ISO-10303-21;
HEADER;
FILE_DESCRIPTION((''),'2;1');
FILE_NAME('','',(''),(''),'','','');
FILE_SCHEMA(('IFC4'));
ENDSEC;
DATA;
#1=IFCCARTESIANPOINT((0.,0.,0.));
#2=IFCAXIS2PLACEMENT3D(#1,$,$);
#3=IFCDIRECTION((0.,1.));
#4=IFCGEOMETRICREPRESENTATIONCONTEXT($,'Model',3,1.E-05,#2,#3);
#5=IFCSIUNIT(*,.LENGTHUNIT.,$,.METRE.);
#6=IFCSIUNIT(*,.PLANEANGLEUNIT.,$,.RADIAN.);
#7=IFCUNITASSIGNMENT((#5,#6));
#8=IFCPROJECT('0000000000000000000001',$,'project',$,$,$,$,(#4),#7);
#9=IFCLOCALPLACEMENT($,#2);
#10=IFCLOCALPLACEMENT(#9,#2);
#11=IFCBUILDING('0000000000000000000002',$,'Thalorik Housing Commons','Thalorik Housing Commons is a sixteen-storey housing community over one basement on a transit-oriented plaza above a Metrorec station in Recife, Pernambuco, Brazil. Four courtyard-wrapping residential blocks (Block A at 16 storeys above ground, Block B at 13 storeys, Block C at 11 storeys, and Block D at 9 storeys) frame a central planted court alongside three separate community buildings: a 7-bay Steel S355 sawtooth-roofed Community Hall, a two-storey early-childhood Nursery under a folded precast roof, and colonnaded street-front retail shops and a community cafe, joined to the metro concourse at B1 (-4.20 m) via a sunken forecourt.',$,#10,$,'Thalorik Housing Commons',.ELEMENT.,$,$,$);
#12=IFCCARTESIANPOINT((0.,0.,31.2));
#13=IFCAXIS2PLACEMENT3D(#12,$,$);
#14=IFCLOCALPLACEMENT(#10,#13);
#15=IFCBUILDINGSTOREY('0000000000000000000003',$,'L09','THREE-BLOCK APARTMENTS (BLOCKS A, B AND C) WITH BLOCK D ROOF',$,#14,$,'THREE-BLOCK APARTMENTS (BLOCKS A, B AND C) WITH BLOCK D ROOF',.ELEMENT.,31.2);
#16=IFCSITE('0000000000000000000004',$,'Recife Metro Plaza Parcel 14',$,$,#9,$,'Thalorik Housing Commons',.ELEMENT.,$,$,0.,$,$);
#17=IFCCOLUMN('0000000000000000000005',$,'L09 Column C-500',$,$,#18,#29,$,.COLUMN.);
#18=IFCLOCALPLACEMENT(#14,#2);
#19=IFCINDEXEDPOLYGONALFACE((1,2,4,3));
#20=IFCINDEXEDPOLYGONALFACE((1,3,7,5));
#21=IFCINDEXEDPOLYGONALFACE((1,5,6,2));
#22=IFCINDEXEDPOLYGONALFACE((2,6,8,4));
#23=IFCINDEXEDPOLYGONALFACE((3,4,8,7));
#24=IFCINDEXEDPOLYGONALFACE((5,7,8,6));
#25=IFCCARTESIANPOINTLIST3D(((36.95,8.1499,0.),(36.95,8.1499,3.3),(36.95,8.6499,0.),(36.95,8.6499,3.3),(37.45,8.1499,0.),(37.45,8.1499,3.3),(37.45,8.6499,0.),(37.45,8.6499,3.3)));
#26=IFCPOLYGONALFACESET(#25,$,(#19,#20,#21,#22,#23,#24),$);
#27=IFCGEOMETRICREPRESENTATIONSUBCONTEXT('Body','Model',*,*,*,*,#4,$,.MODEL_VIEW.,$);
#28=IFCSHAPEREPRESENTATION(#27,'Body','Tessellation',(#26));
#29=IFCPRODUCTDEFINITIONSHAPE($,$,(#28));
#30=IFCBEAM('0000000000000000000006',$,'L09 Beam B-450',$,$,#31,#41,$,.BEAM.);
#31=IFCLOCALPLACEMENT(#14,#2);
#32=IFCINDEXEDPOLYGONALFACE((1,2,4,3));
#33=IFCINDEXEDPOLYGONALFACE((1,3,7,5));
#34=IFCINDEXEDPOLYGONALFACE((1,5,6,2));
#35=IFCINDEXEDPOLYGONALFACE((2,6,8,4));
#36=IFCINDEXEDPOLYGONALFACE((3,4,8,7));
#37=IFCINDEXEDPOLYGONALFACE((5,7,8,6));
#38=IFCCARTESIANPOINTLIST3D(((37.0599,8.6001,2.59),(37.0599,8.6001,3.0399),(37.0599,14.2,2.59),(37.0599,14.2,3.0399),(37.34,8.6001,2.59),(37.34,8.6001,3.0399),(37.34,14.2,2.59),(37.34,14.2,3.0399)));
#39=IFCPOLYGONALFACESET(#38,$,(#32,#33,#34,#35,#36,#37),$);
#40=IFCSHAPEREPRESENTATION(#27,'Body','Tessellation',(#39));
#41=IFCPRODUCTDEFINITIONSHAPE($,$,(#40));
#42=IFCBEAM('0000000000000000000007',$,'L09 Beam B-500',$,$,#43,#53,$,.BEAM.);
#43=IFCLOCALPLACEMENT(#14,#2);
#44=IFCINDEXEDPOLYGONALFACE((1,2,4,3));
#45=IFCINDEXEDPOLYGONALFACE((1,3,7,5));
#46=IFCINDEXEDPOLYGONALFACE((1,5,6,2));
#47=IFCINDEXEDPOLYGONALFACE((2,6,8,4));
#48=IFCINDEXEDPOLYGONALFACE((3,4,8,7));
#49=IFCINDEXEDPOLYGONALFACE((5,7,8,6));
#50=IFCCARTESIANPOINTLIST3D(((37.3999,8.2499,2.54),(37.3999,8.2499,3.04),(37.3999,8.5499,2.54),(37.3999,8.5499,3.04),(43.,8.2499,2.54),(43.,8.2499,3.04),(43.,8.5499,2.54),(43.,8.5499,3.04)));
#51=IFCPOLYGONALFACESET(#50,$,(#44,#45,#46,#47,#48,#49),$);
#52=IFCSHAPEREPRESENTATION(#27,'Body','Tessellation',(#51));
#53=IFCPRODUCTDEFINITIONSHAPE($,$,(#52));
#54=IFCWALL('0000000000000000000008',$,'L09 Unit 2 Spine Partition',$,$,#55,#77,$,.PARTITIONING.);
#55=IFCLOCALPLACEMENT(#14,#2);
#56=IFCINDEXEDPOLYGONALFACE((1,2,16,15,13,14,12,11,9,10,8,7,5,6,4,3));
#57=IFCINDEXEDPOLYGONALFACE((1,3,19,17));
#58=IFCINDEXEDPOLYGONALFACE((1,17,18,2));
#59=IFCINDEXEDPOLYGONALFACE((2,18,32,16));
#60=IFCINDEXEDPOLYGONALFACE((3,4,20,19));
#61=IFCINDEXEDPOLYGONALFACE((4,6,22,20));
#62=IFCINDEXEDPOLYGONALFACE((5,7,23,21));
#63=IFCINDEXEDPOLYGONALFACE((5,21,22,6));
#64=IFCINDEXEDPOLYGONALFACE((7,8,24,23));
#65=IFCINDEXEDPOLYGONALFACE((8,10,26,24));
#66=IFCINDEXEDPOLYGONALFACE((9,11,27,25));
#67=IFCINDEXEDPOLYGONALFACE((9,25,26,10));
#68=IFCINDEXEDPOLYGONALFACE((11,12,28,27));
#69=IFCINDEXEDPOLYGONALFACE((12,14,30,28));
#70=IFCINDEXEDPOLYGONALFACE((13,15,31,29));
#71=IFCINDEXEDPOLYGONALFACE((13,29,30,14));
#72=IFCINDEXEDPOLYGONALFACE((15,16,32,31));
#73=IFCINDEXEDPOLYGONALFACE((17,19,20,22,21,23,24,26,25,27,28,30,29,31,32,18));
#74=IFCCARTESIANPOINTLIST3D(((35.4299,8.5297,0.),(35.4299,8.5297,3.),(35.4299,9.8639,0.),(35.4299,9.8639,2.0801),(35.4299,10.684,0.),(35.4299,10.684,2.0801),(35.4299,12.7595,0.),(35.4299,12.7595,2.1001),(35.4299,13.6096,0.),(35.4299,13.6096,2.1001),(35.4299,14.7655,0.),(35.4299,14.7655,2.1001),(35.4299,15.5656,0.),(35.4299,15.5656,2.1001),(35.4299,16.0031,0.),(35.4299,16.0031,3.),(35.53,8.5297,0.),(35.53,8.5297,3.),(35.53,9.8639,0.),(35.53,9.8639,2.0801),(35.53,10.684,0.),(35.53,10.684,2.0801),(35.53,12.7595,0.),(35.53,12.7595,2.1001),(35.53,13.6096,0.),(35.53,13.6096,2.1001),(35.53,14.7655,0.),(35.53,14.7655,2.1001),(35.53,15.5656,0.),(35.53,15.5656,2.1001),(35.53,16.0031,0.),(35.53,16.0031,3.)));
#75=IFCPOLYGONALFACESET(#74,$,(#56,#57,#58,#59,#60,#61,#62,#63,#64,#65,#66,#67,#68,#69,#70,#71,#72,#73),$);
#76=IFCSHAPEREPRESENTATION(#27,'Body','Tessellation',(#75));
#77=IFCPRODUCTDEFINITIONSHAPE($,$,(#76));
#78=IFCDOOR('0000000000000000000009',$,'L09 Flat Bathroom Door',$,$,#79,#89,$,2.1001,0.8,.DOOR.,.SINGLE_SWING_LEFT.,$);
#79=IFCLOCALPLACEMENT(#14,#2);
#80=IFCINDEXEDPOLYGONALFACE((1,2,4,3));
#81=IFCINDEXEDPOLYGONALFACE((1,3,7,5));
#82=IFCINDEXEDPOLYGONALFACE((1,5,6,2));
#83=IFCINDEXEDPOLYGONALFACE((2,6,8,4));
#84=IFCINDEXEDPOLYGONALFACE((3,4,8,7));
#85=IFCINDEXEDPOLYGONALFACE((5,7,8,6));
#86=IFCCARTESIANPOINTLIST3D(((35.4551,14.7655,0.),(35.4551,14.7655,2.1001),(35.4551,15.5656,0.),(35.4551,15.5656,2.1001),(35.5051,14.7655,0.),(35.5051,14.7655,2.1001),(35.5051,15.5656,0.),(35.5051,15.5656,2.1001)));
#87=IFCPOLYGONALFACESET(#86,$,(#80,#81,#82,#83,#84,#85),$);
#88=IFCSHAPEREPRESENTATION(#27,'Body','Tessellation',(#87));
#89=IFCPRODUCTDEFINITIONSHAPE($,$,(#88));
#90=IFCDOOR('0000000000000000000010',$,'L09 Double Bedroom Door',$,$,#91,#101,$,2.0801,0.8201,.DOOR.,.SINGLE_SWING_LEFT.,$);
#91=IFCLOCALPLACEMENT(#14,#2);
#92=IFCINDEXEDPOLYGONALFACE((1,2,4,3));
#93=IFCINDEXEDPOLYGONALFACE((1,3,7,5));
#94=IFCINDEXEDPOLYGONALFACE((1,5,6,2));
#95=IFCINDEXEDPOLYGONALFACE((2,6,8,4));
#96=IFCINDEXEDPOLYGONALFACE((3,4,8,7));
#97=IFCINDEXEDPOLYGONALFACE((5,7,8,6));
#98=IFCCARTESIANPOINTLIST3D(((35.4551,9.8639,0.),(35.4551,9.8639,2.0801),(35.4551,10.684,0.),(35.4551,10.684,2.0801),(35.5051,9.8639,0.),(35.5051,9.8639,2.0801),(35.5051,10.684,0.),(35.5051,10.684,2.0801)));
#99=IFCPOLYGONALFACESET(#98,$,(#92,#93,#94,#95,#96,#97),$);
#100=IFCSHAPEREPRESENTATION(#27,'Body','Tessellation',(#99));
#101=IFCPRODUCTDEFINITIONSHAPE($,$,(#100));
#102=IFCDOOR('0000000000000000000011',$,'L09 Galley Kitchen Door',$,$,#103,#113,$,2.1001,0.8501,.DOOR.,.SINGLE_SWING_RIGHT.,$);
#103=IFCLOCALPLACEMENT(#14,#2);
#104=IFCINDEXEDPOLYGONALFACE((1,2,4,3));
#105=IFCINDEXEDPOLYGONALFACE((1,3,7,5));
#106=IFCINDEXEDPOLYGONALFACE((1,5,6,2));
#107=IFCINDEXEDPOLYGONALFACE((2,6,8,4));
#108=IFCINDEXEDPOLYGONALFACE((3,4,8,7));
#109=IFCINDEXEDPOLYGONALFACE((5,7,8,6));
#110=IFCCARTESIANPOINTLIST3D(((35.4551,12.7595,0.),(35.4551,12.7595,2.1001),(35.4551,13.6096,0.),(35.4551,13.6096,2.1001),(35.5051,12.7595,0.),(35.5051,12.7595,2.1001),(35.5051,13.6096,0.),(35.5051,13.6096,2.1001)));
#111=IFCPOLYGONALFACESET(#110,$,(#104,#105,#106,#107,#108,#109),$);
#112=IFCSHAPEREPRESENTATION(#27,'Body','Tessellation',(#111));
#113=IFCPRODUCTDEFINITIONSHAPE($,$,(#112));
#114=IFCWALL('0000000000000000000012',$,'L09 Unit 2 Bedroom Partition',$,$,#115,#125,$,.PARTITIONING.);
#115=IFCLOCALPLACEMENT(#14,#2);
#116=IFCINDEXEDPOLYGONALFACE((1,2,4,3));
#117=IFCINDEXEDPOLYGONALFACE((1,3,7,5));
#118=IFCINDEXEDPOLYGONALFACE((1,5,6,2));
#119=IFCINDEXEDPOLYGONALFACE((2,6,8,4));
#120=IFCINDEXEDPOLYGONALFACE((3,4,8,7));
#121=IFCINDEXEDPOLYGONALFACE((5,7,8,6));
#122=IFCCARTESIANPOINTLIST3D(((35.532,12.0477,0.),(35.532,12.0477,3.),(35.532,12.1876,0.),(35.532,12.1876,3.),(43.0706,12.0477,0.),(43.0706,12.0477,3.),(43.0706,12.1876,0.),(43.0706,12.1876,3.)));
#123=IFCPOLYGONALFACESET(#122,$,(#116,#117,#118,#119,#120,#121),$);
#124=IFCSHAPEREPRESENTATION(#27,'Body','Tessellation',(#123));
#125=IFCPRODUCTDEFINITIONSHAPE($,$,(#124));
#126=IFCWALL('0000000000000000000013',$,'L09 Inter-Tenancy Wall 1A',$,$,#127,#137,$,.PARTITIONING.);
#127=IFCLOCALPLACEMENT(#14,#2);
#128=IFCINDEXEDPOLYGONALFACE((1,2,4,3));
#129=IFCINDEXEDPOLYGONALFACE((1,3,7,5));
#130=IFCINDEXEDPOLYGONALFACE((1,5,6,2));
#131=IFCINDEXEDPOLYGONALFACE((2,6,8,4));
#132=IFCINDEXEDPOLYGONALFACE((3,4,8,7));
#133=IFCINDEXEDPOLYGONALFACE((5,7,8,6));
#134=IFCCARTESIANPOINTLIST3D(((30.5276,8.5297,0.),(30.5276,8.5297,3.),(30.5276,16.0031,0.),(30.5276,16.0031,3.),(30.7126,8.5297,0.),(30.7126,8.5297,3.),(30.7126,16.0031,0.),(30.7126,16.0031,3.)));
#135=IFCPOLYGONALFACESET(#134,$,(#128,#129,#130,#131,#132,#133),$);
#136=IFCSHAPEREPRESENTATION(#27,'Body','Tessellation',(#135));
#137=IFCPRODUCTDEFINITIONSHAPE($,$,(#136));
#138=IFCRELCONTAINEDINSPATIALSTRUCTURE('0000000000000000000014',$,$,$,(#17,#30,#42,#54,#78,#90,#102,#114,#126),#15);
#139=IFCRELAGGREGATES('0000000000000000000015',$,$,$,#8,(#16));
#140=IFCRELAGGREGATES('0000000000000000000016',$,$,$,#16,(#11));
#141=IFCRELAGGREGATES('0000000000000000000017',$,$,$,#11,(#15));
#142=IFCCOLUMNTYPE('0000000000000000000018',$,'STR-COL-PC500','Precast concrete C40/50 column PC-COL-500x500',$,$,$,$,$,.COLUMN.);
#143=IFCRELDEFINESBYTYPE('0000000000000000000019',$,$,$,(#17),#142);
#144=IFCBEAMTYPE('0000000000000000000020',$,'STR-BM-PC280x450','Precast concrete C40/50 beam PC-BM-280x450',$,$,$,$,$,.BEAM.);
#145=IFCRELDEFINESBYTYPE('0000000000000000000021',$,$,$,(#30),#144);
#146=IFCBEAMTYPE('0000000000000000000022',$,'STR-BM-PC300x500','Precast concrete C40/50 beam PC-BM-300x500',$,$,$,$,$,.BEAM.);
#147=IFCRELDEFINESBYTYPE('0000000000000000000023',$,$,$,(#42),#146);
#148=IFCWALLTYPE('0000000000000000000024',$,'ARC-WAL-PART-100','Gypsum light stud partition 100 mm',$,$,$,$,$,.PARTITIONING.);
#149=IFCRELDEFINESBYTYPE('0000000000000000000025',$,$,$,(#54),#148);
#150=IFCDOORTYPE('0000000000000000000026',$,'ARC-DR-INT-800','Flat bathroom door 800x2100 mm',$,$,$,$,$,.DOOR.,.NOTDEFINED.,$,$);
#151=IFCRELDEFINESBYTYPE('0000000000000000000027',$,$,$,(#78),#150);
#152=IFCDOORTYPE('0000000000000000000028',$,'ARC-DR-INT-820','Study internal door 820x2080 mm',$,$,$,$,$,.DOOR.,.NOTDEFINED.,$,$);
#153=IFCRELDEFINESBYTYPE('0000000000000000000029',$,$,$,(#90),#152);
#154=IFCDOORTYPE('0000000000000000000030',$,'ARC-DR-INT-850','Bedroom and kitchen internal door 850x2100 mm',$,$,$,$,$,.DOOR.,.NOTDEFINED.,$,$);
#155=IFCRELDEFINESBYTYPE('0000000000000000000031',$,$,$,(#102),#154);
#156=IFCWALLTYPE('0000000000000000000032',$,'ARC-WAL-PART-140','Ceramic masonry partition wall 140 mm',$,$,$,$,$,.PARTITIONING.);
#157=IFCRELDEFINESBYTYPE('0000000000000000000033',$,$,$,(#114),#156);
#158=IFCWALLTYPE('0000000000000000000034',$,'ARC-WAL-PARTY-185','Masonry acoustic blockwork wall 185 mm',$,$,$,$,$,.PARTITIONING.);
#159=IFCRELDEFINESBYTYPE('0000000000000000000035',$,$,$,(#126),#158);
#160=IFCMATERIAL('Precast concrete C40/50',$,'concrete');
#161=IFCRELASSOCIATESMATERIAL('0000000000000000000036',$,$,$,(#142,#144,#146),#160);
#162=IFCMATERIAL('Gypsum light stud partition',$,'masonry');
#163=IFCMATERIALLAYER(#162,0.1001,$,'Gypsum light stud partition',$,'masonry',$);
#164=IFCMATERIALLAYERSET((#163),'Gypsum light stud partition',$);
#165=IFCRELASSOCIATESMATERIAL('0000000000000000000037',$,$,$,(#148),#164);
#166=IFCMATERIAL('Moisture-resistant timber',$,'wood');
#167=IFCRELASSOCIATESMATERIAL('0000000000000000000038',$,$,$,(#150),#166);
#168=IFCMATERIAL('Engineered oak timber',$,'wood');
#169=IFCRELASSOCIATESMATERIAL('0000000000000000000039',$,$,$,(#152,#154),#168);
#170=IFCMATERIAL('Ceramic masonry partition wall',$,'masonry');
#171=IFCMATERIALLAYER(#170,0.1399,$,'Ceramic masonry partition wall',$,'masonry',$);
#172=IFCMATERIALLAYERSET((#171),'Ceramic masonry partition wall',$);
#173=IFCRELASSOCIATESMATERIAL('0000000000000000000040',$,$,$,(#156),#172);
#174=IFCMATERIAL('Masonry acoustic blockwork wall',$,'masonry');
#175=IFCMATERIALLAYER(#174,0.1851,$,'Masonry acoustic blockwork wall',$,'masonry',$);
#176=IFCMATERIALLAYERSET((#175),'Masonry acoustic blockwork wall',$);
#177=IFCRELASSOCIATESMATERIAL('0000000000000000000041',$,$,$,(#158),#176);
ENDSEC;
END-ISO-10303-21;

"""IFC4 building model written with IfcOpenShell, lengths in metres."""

from ifc_helpers import new_model, si_unit, direction, frame, frame_2d, origin, origin_2d, place, context, subcontext, project, spatial, rectangle, extrude, material, layer, layer_set, material_profile, profile_set, type_object, element, fill, save


model = new_model("IFC4")

# Units and contexts
model_context = context("Model", 3, precision=1e-05, world=origin(), true_north=direction((0.0, 1.0)))
body_context = subcontext(model_context, "Body", "Model", "MODEL_VIEW")
ifc_project = project(units=[si_unit("LENGTHUNIT", "METRE"), si_unit("PLANEANGLEUNIT", "RADIAN")], contexts=[model_context])

# Site, building, storey
site_placement = place(None, origin())
site = spatial("IfcSite", under=ifc_project, at=site_placement, Name="Recife Metro Plaza Parcel 14", LongName="Thalorik Housing Commons", CompositionType="ELEMENT", RefElevation=0.0)
building_placement = place(site_placement, origin())
building = spatial("IfcBuilding", under=site, at=building_placement, Name="Thalorik Housing Commons", Description="Thalorik Housing Commons is a sixteen-storey housing community over one basement on a transit-oriented plaza above a Metrorec station in Recife, Pernambuco, Brazil. Four courtyard-wrapping residential blocks (Block A at 16 storeys above ground, Block B at 13 storeys, Block C at 11 storeys, and Block D at 9 storeys) frame a central planted court alongside three separate community buildings: a 7-bay Steel S355 sawtooth-roofed Community Hall, a two-storey early-childhood Nursery under a folded precast roof, and colonnaded street-front retail shops and a community cafe, joined to the metro concourse at B1 (-4.20 m) via a sunken forecourt.", LongName="Thalorik Housing Commons", CompositionType="ELEMENT")
storey_placement = place(building_placement, frame((0.0, 0.0, 31.2)))
storey = spatial("IfcBuildingStorey", under=building, at=storey_placement, Name="L09", Description="THREE-BLOCK APARTMENTS (BLOCKS A, B AND C) WITH BLOCK D ROOF", LongName="THREE-BLOCK APARTMENTS (BLOCKS A, B AND C) WITH BLOCK D ROOF", CompositionType="ELEMENT", Elevation=31.2)

# Column
ifc_material_1 = material(Name="Precast concrete C40/50", Category="concrete")
ifc_material_profile_1 = material_profile(ifc_material_1, rectangle(XDim=0.5, YDim=0.5, at=origin_2d()), Name="PC 500x500", Category="concrete")
ifc_profile_set_1 = profile_set([ifc_material_profile_1], Name="Precast concrete C40/50")
column_type = type_object("IfcColumnType", Name="STR-COL-PC500", Description="Precast concrete C40/50 column PC-COL-500x500", PredefinedType="COLUMN", material=ifc_profile_set_1)
column_placement = place(storey_placement, frame((37.2, 8.3999, 0.0), z_axis=(0.0, 0.0, 1.0), x_axis=(1.0, 0.0, 0.0)))
element("IfcColumn", 1, at=column_placement, inside=storey, type_object=column_type, Name="L09 Column C-500", PredefinedType="COLUMN", context=body_context, shape_type="SweptSolid", body=[
    extrude(rectangle(XDim=0.5, YDim=0.5, at=origin_2d()), origin(), (0.0, 0.0, 1.0), 3.3),
])

# Beams
ifc_material_profile_2 = material_profile(ifc_material_1, rectangle(XDim=0.28, YDim=0.45, at=origin_2d()), Name="PC 280x450", Category="concrete")
ifc_profile_set_2 = profile_set([ifc_material_profile_2], Name="Precast concrete C40/50")
beam_type_1 = type_object("IfcBeamType", Name="STR-BM-PC280x450", Description="Precast concrete C40/50 beam PC-BM-280x450", PredefinedType="BEAM", material=ifc_profile_set_2)
beam_1_placement = place(storey_placement, frame((37.2, 8.6001, 2.8149), z_axis=(0.0, 1.0, 0.0), x_axis=(-1.0, 0.0, 0.0)))
element("IfcBeam", 2, at=beam_1_placement, inside=storey, type_object=beam_type_1, Name="L09 Beam B-450", PredefinedType="BEAM", context=body_context, shape_type="SweptSolid", body=[
    extrude(rectangle(XDim=0.28, YDim=0.45, at=origin_2d()), origin(), (0.0, 0.0, 1.0), 5.5999),
])
ifc_material_profile_3 = material_profile(ifc_material_1, rectangle(XDim=0.3, YDim=0.5, at=origin_2d()), Name="PC 300x500", Category="concrete")
ifc_profile_set_3 = profile_set([ifc_material_profile_3], Name="Precast concrete C40/50")
beam_type_2 = type_object("IfcBeamType", Name="STR-BM-PC300x500", Description="Precast concrete C40/50 beam PC-BM-300x500", PredefinedType="BEAM", material=ifc_profile_set_3)
beam_2_placement = place(storey_placement, frame((37.3999, 8.3999, 2.79), z_axis=(1.0, 0.0, 0.0), x_axis=(0.0, 1.0, 0.0)))
element("IfcBeam", 3, at=beam_2_placement, inside=storey, type_object=beam_type_2, Name="L09 Beam B-500", PredefinedType="BEAM", context=body_context, shape_type="SweptSolid", body=[
    extrude(rectangle(XDim=0.3, YDim=0.5, at=origin_2d()), origin(), (0.0, 0.0, 1.0), 5.6001),
])

# Wall, openings, doors
ifc_material_2 = material(Name="Gypsum light stud partition", Category="masonry")
ifc_layer_1 = layer(ifc_material_2, 0.1001, Name="Gypsum light stud partition", Category="masonry")
ifc_layer_set_1 = layer_set([ifc_layer_1], Name="Gypsum light stud partition")
wall_type_1 = type_object("IfcWallType", Name="ARC-WAL-PART-100", Description="Gypsum light stud partition 100 mm", PredefinedType="PARTITIONING", material=ifc_layer_set_1)
wall_1_placement = place(storey_placement, frame((35.48, 8.5295, 0.0), z_axis=(0.0, 0.0, 1.0), x_axis=(0.0, 1.0, 0.0)))
wall_1 = element("IfcWall", 4, at=wall_1_placement, inside=storey, type_object=wall_type_1, Name="L09 Unit 2 Spine Partition", PredefinedType="PARTITIONING", context=body_context, shape_type="SweptSolid", body=[
    extrude(rectangle(XDim=7.4734, YDim=0.1001, at=frame_2d((3.7368, 0.0))), origin(), (0.0, 0.0, 1.0), 3.0),
])
opening_1_placement = place(wall_1_placement, frame((1.3342, 0.0, 0.0)))
opening_1 = element("IfcOpeningElement", 5, at=opening_1_placement, cuts=wall_1, PredefinedType="OPENING", context=body_context, shape_type="SweptSolid", body=[
    extrude(rectangle(XDim=0.8201, YDim=2.0801, at=frame_2d((0.4102, 1.04))), frame((0.0, 0.0601, 0.0), z_axis=(0.0, -1.0, 0.0), x_axis=(1.0, 0.0, 0.0)), (0.0, 0.0, 1.0), 0.1201),
])
opening_2_placement = place(wall_1_placement, frame((4.23, 0.0, 0.0)))
opening_2 = element("IfcOpeningElement", 6, at=opening_2_placement, cuts=wall_1, PredefinedType="OPENING", context=body_context, shape_type="SweptSolid", body=[
    extrude(rectangle(XDim=0.8501, YDim=2.1001, at=frame_2d((0.425, 1.05))), frame((0.0, 0.0601, 0.0), z_axis=(0.0, -1.0, 0.0), x_axis=(1.0, 0.0, 0.0)), (0.0, 0.0, 1.0), 0.1201),
])
opening_3_placement = place(wall_1_placement, frame((6.2361, 0.0, 0.0)))
opening_3 = element("IfcOpeningElement", 7, at=opening_3_placement, cuts=wall_1, PredefinedType="OPENING", context=body_context, shape_type="SweptSolid", body=[
    extrude(rectangle(XDim=0.8, YDim=2.1001, at=frame_2d((0.3999, 1.05))), frame((0.0, 0.0601, 0.0), z_axis=(0.0, -1.0, 0.0), x_axis=(1.0, 0.0, 0.0)), (0.0, 0.0, 1.0), 0.1201),
])
ifc_material_3 = material(Name="Moisture-resistant timber", Category="wood")
door_type_1 = type_object("IfcDoorType", Name="ARC-DR-INT-800", Description="Flat bathroom door 800x2100 mm", OperationType="NOTDEFINED", PredefinedType="DOOR", material=ifc_material_3)
door_1_placement = place(opening_3_placement, origin())
door_1 = element("IfcDoor", 8, at=door_1_placement, inside=storey, type_object=door_type_1, Name="L09 Flat Bathroom Door", OperationType="SINGLE_SWING_LEFT", OverallHeight=2.1001, OverallWidth=0.8, PredefinedType="DOOR", context=body_context, shape_type="SweptSolid", body=[
    extrude(rectangle(XDim=0.8, YDim=2.1001, at=frame_2d((0.3999, 1.05))), frame((0.0, 0.0249, 0.0), z_axis=(0.0, -1.0, 0.0), x_axis=(1.0, 0.0, 0.0)), (0.0, 0.0, 1.0), 0.05),
])
fill(opening_3, door_1)
ifc_material_4 = material(Name="Engineered oak timber", Category="wood")
door_type_2 = type_object("IfcDoorType", Name="ARC-DR-INT-820", Description="Study internal door 820x2080 mm", OperationType="NOTDEFINED", PredefinedType="DOOR", material=ifc_material_4)
door_2_placement = place(opening_1_placement, origin())
door_2 = element("IfcDoor", 9, at=door_2_placement, inside=storey, type_object=door_type_2, Name="L09 Double Bedroom Door", OperationType="SINGLE_SWING_LEFT", OverallHeight=2.0801, OverallWidth=0.8201, PredefinedType="DOOR", context=body_context, shape_type="SweptSolid", body=[
    extrude(rectangle(XDim=0.8201, YDim=2.0801, at=frame_2d((0.4102, 1.04))), frame((0.0, 0.0249, 0.0), z_axis=(0.0, -1.0, 0.0), x_axis=(1.0, 0.0, 0.0)), (0.0, 0.0, 1.0), 0.05),
])
fill(opening_1, door_2)
door_type_3 = type_object("IfcDoorType", Name="ARC-DR-INT-850", Description="Bedroom and kitchen internal door 850x2100 mm", OperationType="NOTDEFINED", PredefinedType="DOOR", material=ifc_material_4)
door_3_placement = place(opening_2_placement, origin())
door_3 = element("IfcDoor", 10, at=door_3_placement, inside=storey, type_object=door_type_3, Name="L09 Galley Kitchen Door", OperationType="SINGLE_SWING_RIGHT", OverallHeight=2.1001, OverallWidth=0.8501, PredefinedType="DOOR", context=body_context, shape_type="SweptSolid", body=[
    extrude(rectangle(XDim=0.8501, YDim=2.1001, at=frame_2d((0.425, 1.05))), frame((0.0, 0.0249, 0.0), z_axis=(0.0, -1.0, 0.0), x_axis=(1.0, 0.0, 0.0)), (0.0, 0.0, 1.0), 0.05),
])
fill(opening_2, door_3)

# Walls
ifc_material_5 = material(Name="Ceramic masonry partition wall", Category="masonry")
ifc_layer_2 = layer(ifc_material_5, 0.1399, Name="Ceramic masonry partition wall", Category="masonry")
ifc_layer_set_2 = layer_set([ifc_layer_2], Name="Ceramic masonry partition wall")
wall_type_2 = type_object("IfcWallType", Name="ARC-WAL-PART-140", Description="Ceramic masonry partition wall 140 mm", PredefinedType="PARTITIONING", material=ifc_layer_set_2)
wall_2_placement = place(storey_placement, frame((35.532, 12.1177, 0.0), z_axis=(0.0, 0.0, 1.0), x_axis=(1.0, 0.0, 0.0)))
element("IfcWall", 11, at=wall_2_placement, inside=storey, type_object=wall_type_2, Name="L09 Unit 2 Bedroom Partition", PredefinedType="PARTITIONING", context=body_context, shape_type="SweptSolid", body=[
    extrude(rectangle(XDim=7.5386, YDim=0.1399, at=frame_2d((3.7693, 0.0))), origin(), (0.0, 0.0, 1.0), 3.0),
])
ifc_material_6 = material(Name="Masonry acoustic blockwork wall", Category="masonry")
ifc_layer_3 = layer(ifc_material_6, 0.1851, Name="Masonry acoustic blockwork wall", Category="masonry")
ifc_layer_set_3 = layer_set([ifc_layer_3], Name="Masonry acoustic blockwork wall")
wall_type_3 = type_object("IfcWallType", Name="ARC-WAL-PARTY-185", Description="Masonry acoustic blockwork wall 185 mm", PredefinedType="PARTITIONING", material=ifc_layer_set_3)
wall_3_placement = place(storey_placement, frame((30.6201, 8.5295, 0.0), z_axis=(0.0, 0.0, 1.0), x_axis=(0.0, 1.0, 0.0)))
element("IfcWall", 12, at=wall_3_placement, inside=storey, type_object=wall_type_3, Name="L09 Inter-Tenancy Wall 1A", PredefinedType="PARTITIONING", context=body_context, shape_type="SweptSolid", body=[
    extrude(rectangle(XDim=7.4734, YDim=0.1851, at=frame_2d((3.7368, 0.0))), origin(), (0.0, 0.0, 1.0), 3.0),
])

save(model, "model.ifc")
